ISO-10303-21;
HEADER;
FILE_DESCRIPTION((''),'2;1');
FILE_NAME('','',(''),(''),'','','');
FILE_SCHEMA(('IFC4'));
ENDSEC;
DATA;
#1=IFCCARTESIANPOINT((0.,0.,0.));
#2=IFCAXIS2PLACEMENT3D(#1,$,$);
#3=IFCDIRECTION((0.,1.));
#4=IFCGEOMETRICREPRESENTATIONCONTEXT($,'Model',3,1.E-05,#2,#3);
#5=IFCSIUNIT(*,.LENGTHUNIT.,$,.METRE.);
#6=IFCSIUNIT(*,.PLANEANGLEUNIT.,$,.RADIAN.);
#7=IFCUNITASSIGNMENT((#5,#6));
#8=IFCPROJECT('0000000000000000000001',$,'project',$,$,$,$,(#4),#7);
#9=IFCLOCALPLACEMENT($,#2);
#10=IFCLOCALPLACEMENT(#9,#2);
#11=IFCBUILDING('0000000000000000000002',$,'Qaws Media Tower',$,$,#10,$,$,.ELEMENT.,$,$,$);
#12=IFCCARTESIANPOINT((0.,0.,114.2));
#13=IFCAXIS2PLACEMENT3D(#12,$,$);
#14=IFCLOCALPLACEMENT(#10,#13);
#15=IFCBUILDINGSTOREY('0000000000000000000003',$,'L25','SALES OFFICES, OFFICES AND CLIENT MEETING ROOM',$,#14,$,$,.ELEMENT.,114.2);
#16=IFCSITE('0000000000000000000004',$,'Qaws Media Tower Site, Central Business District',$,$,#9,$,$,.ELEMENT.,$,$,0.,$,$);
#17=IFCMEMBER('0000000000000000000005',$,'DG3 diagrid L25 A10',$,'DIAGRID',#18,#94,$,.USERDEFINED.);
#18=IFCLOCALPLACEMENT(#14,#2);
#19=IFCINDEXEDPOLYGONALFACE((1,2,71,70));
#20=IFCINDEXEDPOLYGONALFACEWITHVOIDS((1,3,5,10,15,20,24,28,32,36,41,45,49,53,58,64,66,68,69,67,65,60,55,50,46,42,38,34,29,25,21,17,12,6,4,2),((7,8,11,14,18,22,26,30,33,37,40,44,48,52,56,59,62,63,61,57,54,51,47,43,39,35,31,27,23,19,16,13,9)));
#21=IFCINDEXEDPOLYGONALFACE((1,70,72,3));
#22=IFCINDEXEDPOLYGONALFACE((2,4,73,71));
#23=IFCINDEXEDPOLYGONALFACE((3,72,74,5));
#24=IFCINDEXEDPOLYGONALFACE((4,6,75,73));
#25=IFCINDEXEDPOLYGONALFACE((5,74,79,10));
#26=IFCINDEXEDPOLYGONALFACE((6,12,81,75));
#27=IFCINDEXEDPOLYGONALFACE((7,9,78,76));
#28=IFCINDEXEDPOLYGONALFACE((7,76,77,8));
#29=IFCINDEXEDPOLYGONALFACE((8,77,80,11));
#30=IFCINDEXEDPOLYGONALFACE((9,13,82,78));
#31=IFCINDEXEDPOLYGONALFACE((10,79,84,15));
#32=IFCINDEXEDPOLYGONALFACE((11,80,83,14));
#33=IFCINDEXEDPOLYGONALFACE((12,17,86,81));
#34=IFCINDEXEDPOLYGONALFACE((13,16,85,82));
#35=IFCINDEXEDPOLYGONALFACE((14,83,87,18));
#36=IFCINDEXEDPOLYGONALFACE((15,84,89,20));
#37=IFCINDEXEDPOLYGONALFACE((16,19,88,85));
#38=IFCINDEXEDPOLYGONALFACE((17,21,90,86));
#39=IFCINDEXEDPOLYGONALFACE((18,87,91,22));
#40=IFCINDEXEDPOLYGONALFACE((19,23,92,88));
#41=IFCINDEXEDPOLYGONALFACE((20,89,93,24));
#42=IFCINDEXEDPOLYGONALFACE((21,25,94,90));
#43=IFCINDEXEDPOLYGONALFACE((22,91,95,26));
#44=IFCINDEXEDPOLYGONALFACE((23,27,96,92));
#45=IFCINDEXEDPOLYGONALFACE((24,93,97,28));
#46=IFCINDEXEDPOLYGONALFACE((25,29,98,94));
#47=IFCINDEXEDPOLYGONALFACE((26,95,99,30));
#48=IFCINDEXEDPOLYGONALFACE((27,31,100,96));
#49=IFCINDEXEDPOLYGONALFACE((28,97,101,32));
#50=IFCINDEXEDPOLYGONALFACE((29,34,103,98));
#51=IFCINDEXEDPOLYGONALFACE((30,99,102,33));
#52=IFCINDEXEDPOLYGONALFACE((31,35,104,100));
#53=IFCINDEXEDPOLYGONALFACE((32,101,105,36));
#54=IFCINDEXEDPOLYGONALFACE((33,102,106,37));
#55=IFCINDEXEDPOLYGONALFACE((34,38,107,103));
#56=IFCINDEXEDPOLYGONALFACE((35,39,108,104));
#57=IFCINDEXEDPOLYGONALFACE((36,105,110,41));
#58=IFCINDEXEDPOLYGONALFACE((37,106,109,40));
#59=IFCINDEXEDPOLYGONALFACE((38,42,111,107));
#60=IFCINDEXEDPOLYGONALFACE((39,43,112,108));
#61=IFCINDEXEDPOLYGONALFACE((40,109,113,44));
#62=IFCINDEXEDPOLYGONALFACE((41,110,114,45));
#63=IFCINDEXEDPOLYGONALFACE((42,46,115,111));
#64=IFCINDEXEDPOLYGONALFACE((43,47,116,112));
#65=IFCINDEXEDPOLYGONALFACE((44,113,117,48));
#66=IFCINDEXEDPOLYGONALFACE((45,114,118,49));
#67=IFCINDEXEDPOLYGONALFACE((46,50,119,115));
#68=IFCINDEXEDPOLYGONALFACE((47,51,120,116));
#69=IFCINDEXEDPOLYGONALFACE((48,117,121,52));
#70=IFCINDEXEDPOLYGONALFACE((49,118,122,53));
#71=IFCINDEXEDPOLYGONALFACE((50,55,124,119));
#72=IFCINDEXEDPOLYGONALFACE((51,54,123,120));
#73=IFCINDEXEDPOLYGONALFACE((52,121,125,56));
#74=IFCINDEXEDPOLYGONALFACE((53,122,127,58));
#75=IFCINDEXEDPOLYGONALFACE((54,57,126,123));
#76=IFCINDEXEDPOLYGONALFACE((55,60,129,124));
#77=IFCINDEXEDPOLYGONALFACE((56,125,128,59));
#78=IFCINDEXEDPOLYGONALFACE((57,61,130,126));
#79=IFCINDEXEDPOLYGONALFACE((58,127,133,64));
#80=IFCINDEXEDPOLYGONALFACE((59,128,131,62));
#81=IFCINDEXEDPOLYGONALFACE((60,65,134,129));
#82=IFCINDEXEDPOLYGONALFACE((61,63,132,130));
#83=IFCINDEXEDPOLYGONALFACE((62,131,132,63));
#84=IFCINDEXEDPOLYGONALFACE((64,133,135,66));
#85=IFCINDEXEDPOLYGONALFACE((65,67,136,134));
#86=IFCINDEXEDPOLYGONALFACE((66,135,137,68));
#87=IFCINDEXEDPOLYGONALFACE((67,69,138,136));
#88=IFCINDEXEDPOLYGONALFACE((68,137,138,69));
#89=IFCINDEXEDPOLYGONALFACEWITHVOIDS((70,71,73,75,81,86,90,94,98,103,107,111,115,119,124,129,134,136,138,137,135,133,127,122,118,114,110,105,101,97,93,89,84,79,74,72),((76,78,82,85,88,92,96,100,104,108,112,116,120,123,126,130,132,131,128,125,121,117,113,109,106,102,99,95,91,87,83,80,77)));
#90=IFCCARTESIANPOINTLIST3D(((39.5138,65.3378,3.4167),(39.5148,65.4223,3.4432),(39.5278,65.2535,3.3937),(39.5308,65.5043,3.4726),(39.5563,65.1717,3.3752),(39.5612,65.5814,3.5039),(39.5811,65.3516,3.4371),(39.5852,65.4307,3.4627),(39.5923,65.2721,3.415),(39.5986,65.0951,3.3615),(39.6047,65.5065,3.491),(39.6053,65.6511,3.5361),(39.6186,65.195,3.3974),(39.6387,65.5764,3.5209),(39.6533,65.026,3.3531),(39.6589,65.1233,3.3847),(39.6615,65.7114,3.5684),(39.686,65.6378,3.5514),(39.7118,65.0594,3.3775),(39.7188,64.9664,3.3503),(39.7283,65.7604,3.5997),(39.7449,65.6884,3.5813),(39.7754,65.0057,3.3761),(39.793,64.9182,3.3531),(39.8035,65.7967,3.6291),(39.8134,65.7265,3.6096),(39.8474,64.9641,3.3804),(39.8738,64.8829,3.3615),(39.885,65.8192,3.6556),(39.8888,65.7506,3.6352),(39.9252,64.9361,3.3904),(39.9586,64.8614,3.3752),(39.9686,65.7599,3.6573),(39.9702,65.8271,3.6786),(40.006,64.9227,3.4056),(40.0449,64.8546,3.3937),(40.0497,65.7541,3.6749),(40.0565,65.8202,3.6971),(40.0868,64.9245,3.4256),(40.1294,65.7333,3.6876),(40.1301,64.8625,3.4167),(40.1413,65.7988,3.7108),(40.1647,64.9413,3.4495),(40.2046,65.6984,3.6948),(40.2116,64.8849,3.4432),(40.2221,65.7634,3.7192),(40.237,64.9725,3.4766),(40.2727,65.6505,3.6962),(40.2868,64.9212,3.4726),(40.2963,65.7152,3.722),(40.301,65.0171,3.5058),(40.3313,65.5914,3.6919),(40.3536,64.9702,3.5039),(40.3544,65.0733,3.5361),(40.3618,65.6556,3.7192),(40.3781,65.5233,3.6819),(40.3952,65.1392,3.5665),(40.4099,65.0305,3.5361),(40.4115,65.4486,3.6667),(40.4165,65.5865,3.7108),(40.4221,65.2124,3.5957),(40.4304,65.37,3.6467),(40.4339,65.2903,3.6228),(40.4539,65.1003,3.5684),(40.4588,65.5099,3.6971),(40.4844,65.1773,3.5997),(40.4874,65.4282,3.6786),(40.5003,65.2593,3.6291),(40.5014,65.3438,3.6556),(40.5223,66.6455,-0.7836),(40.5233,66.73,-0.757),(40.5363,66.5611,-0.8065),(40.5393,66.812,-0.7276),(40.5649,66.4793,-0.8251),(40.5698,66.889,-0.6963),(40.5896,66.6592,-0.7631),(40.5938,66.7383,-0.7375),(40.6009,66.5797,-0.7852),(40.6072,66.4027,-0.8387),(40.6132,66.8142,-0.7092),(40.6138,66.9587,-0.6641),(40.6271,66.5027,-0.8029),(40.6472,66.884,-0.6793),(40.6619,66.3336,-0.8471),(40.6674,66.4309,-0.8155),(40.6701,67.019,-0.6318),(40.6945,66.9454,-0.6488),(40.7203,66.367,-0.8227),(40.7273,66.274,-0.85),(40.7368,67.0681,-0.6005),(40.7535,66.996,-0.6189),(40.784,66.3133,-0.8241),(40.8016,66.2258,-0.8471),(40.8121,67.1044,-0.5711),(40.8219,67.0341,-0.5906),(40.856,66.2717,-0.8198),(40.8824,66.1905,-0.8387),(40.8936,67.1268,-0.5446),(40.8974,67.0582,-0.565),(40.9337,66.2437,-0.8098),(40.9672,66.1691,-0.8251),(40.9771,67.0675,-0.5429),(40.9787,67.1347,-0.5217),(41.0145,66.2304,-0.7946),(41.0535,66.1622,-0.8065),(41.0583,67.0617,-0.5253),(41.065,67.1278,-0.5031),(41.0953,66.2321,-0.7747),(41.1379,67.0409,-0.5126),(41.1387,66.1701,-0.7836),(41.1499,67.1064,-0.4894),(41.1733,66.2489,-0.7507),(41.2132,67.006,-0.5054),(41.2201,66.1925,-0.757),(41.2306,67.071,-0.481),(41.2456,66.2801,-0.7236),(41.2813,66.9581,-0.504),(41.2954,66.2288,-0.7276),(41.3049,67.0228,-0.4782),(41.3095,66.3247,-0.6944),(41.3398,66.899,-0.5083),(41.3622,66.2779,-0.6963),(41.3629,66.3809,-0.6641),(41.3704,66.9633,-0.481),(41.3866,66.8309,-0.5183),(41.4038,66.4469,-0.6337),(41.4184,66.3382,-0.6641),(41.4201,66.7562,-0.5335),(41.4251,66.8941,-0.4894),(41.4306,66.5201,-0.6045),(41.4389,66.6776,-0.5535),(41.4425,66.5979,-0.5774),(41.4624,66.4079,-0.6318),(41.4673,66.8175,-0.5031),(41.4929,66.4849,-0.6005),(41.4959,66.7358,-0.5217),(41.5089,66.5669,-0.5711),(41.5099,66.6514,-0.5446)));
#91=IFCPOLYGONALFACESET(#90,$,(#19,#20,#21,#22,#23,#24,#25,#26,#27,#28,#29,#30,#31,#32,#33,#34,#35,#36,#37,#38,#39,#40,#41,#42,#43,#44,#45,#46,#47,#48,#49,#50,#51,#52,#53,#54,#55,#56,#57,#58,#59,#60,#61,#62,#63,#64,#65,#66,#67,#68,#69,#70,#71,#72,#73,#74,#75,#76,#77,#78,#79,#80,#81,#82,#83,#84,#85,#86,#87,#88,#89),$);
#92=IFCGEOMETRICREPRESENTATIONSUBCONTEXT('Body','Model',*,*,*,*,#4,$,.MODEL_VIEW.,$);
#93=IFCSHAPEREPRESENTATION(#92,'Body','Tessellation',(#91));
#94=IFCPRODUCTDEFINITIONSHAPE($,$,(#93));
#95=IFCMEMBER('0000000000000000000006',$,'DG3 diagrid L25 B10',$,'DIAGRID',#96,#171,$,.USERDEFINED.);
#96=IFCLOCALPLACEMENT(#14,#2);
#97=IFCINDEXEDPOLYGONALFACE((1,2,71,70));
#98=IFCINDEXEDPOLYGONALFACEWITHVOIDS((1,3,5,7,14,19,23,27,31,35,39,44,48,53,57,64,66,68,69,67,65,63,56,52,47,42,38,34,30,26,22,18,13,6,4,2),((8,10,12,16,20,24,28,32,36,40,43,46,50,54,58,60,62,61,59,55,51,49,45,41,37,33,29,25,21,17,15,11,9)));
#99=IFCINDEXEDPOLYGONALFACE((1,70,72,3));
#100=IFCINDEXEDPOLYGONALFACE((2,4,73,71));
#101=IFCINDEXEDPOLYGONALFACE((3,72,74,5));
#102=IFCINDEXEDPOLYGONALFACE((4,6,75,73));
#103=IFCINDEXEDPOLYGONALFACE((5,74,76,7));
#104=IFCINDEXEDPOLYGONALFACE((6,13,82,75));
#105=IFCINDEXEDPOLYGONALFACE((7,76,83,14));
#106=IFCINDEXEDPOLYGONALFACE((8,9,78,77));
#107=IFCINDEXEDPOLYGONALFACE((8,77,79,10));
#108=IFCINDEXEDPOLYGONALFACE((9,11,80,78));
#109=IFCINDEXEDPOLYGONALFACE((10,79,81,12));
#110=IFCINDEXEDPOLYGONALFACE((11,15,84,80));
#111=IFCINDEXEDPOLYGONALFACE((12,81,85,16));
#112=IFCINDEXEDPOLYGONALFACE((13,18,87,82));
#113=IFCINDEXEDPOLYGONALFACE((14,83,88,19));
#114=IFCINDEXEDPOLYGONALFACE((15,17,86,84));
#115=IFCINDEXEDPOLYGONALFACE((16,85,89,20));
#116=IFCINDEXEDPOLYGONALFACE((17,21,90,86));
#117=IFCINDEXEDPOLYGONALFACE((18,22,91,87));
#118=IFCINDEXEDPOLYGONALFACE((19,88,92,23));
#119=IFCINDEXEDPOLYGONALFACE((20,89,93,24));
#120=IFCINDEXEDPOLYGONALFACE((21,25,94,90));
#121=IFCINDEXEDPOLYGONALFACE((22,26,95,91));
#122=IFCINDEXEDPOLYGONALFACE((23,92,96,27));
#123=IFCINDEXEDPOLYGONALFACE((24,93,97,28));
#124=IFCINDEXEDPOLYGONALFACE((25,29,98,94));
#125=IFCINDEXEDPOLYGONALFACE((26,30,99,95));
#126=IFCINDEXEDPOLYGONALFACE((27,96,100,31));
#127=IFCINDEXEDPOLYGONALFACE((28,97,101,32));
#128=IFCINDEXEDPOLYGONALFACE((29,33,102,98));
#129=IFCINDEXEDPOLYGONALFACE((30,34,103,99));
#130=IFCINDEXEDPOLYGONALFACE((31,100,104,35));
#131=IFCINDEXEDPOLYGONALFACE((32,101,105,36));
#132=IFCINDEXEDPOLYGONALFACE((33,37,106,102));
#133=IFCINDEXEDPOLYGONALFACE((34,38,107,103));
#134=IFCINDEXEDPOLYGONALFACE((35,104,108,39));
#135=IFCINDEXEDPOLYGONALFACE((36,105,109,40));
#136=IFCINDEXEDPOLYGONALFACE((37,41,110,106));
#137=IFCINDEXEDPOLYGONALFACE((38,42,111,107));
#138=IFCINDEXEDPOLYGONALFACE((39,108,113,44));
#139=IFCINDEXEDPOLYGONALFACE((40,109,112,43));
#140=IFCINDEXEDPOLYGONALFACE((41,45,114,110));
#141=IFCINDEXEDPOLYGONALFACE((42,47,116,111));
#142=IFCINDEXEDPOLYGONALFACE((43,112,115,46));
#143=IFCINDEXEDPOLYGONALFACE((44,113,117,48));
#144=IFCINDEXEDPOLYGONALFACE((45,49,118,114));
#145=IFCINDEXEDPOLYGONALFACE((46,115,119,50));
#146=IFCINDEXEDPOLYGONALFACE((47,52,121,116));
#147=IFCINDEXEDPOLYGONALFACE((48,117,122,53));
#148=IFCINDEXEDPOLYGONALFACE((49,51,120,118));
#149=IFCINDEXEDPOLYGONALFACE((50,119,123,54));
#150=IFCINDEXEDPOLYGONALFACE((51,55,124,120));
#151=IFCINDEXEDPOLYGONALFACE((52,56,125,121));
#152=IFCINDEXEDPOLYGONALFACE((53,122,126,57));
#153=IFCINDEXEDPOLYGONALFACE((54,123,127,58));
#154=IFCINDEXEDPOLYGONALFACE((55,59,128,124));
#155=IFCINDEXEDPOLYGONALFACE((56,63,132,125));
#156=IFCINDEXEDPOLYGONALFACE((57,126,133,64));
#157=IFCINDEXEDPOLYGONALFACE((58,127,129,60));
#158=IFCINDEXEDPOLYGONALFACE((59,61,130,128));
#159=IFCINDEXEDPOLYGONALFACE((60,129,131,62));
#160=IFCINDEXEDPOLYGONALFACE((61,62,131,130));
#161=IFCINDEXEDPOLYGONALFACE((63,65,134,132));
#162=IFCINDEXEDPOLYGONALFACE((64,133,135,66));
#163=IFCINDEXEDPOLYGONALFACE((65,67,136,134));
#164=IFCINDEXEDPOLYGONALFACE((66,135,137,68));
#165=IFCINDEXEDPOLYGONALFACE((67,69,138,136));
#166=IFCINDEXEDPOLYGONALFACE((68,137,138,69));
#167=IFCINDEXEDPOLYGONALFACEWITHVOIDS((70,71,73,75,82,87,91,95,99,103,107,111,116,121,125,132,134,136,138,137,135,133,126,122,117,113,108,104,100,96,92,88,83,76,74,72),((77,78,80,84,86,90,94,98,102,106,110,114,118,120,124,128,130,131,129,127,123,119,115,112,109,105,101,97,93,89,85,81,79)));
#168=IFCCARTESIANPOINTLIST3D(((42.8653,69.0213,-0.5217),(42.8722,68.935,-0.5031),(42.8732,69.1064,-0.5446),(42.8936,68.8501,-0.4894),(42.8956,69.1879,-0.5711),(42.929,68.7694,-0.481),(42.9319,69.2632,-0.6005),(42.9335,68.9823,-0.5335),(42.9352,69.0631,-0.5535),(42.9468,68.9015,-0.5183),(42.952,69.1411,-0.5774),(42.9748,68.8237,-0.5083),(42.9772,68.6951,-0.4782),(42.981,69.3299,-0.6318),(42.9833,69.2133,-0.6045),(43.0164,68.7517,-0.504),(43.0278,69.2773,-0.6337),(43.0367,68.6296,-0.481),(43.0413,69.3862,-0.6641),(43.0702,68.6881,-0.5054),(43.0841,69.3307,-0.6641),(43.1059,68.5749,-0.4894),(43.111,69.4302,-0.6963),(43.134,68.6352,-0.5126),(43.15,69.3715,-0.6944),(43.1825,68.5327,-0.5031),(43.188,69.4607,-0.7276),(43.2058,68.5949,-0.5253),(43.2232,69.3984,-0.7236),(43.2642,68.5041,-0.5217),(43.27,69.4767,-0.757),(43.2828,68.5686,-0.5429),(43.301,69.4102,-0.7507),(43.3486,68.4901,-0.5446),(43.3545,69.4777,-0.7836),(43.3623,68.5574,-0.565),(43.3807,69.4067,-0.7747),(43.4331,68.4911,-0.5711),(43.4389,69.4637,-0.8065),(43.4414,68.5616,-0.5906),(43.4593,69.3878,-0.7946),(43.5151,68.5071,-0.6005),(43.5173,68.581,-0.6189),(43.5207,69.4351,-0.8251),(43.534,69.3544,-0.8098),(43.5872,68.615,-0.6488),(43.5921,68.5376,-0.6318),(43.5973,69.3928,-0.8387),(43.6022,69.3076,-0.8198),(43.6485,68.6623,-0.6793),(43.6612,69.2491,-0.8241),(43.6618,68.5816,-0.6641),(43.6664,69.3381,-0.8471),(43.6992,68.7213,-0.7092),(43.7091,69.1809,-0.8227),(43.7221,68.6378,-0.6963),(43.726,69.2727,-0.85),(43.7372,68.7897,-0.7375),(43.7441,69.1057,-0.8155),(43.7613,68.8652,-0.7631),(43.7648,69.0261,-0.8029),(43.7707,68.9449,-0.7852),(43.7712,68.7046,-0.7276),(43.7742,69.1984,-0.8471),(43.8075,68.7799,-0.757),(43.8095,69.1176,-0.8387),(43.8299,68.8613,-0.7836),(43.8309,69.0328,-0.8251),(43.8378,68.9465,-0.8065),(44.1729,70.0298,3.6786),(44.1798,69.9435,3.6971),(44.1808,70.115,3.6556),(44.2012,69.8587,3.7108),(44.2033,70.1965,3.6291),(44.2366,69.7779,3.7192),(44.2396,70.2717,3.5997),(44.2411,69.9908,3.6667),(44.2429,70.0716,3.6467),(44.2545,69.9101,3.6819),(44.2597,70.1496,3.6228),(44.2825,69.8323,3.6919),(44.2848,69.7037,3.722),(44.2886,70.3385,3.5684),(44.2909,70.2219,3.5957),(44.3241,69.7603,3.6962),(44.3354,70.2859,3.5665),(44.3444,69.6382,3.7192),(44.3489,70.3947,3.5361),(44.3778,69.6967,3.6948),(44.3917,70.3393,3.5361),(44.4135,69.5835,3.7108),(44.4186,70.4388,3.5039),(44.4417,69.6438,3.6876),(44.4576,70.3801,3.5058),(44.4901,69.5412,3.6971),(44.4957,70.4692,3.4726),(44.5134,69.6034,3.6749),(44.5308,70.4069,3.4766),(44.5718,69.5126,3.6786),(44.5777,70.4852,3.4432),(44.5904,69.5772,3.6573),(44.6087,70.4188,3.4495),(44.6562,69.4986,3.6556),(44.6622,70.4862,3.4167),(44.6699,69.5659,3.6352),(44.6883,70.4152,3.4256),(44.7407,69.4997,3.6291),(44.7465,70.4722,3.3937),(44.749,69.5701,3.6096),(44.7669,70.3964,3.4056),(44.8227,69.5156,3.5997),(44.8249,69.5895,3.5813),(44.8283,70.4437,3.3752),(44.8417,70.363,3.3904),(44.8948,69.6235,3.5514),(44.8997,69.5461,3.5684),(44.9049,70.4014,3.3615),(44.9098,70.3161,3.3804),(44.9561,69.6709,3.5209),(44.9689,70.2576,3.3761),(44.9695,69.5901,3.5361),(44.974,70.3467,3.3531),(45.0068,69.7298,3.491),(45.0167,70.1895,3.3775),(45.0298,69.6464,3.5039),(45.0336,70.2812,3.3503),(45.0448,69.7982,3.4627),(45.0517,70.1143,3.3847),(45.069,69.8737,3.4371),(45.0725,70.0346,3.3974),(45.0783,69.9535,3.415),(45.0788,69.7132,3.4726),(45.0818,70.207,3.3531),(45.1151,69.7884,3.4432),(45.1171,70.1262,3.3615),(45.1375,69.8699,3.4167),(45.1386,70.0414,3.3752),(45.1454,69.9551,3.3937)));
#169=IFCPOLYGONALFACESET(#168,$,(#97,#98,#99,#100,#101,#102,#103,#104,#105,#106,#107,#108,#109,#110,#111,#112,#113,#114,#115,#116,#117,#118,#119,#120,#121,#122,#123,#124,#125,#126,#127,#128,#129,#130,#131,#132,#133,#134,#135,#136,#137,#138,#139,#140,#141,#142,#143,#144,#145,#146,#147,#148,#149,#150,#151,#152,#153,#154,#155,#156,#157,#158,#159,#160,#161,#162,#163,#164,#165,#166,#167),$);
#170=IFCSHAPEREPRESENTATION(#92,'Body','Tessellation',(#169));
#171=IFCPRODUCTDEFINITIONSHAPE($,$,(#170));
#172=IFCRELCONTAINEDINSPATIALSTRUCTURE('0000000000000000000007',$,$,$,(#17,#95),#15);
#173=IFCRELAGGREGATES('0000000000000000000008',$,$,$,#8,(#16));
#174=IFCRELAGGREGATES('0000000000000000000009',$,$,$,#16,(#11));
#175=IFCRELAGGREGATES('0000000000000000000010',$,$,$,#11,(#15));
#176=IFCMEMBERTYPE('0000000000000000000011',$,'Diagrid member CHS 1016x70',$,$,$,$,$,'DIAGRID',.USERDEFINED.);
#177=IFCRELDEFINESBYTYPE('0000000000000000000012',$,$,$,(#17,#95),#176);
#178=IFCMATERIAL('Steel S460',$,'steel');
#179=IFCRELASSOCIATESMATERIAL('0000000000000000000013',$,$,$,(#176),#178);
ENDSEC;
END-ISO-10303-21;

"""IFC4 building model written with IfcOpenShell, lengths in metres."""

from ifc_helpers import new_model, si_unit, direction, frame, origin, origin_2d, place, context, subcontext, project, spatial, hollow_circle, extrude, material, material_profile, profile_set, type_object, element, save


model = new_model("IFC4")

# Units and contexts
model_context = context("Model", 3, precision=1e-05, world=origin(), true_north=direction((0.0, 1.0)))
body_context = subcontext(model_context, "Body", "Model", "MODEL_VIEW")
ifc_project = project(units=[si_unit("LENGTHUNIT", "METRE"), si_unit("PLANEANGLEUNIT", "RADIAN")], contexts=[model_context])

# Site, building, storey
site_placement = place(None, origin())
site = spatial("IfcSite", under=ifc_project, at=site_placement, Name="Qaws Media Tower Site, Central Business District", CompositionType="ELEMENT", RefElevation=0.0)
building_placement = place(site_placement, origin())
building = spatial("IfcBuilding", under=site, at=building_placement, Name="Qaws Media Tower", CompositionType="ELEMENT")
storey_placement = place(building_placement, frame((0.0, 0.0, 114.2)))
storey = spatial("IfcBuildingStorey", under=building, at=storey_placement, Name="L25", Description="SALES OFFICES, OFFICES AND CLIENT MEETING ROOM", CompositionType="ELEMENT", Elevation=114.2)

# Members
ifc_material_1 = material(Name="Steel S460", Category="steel")
ifc_material_profile_1 = material_profile(ifc_material_1, hollow_circle(Radius=0.5081, WallThickness=0.0701, at=origin_2d()), Name="CHS 1016x70")
ifc_profile_set_1 = profile_set([ifc_material_profile_1], Name="Steel S460")
member_type_1 = type_object("IfcMemberType", Name="Diagrid member CHS 1016x70", ElementType="DIAGRID", PredefinedType="USERDEFINED", material=ifc_profile_set_1)
for number, where, z_axis, x_axis, name in (
    (1, (41.0161, 66.6484, -0.6641), (-0.223467, -0.289734, 0.930654), (0.791837, -0.610732, 0.0), "DG3 diagrid L25 A10"),
    (2, (43.3516, 68.9839, -0.6641), (0.289734, 0.223467, 0.930654), (-0.610732, 0.791837, 0.0), "DG3 diagrid L25 B10"),
):
    element("IfcMember", number, at=place(storey_placement, frame(where, z_axis=z_axis, x_axis=x_axis)), inside=storey, type_object=member_type_1, Name=name, ObjectType="DIAGRID", PredefinedType="USERDEFINED", context=body_context, shape_type="SweptSolid", body=[
        extrude(hollow_circle(Radius=0.5081, WallThickness=0.0701, at=origin_2d()), origin(), (0.0, 0.0, 1.0), 4.5132),
    ])

save(model, "model.ifc")
